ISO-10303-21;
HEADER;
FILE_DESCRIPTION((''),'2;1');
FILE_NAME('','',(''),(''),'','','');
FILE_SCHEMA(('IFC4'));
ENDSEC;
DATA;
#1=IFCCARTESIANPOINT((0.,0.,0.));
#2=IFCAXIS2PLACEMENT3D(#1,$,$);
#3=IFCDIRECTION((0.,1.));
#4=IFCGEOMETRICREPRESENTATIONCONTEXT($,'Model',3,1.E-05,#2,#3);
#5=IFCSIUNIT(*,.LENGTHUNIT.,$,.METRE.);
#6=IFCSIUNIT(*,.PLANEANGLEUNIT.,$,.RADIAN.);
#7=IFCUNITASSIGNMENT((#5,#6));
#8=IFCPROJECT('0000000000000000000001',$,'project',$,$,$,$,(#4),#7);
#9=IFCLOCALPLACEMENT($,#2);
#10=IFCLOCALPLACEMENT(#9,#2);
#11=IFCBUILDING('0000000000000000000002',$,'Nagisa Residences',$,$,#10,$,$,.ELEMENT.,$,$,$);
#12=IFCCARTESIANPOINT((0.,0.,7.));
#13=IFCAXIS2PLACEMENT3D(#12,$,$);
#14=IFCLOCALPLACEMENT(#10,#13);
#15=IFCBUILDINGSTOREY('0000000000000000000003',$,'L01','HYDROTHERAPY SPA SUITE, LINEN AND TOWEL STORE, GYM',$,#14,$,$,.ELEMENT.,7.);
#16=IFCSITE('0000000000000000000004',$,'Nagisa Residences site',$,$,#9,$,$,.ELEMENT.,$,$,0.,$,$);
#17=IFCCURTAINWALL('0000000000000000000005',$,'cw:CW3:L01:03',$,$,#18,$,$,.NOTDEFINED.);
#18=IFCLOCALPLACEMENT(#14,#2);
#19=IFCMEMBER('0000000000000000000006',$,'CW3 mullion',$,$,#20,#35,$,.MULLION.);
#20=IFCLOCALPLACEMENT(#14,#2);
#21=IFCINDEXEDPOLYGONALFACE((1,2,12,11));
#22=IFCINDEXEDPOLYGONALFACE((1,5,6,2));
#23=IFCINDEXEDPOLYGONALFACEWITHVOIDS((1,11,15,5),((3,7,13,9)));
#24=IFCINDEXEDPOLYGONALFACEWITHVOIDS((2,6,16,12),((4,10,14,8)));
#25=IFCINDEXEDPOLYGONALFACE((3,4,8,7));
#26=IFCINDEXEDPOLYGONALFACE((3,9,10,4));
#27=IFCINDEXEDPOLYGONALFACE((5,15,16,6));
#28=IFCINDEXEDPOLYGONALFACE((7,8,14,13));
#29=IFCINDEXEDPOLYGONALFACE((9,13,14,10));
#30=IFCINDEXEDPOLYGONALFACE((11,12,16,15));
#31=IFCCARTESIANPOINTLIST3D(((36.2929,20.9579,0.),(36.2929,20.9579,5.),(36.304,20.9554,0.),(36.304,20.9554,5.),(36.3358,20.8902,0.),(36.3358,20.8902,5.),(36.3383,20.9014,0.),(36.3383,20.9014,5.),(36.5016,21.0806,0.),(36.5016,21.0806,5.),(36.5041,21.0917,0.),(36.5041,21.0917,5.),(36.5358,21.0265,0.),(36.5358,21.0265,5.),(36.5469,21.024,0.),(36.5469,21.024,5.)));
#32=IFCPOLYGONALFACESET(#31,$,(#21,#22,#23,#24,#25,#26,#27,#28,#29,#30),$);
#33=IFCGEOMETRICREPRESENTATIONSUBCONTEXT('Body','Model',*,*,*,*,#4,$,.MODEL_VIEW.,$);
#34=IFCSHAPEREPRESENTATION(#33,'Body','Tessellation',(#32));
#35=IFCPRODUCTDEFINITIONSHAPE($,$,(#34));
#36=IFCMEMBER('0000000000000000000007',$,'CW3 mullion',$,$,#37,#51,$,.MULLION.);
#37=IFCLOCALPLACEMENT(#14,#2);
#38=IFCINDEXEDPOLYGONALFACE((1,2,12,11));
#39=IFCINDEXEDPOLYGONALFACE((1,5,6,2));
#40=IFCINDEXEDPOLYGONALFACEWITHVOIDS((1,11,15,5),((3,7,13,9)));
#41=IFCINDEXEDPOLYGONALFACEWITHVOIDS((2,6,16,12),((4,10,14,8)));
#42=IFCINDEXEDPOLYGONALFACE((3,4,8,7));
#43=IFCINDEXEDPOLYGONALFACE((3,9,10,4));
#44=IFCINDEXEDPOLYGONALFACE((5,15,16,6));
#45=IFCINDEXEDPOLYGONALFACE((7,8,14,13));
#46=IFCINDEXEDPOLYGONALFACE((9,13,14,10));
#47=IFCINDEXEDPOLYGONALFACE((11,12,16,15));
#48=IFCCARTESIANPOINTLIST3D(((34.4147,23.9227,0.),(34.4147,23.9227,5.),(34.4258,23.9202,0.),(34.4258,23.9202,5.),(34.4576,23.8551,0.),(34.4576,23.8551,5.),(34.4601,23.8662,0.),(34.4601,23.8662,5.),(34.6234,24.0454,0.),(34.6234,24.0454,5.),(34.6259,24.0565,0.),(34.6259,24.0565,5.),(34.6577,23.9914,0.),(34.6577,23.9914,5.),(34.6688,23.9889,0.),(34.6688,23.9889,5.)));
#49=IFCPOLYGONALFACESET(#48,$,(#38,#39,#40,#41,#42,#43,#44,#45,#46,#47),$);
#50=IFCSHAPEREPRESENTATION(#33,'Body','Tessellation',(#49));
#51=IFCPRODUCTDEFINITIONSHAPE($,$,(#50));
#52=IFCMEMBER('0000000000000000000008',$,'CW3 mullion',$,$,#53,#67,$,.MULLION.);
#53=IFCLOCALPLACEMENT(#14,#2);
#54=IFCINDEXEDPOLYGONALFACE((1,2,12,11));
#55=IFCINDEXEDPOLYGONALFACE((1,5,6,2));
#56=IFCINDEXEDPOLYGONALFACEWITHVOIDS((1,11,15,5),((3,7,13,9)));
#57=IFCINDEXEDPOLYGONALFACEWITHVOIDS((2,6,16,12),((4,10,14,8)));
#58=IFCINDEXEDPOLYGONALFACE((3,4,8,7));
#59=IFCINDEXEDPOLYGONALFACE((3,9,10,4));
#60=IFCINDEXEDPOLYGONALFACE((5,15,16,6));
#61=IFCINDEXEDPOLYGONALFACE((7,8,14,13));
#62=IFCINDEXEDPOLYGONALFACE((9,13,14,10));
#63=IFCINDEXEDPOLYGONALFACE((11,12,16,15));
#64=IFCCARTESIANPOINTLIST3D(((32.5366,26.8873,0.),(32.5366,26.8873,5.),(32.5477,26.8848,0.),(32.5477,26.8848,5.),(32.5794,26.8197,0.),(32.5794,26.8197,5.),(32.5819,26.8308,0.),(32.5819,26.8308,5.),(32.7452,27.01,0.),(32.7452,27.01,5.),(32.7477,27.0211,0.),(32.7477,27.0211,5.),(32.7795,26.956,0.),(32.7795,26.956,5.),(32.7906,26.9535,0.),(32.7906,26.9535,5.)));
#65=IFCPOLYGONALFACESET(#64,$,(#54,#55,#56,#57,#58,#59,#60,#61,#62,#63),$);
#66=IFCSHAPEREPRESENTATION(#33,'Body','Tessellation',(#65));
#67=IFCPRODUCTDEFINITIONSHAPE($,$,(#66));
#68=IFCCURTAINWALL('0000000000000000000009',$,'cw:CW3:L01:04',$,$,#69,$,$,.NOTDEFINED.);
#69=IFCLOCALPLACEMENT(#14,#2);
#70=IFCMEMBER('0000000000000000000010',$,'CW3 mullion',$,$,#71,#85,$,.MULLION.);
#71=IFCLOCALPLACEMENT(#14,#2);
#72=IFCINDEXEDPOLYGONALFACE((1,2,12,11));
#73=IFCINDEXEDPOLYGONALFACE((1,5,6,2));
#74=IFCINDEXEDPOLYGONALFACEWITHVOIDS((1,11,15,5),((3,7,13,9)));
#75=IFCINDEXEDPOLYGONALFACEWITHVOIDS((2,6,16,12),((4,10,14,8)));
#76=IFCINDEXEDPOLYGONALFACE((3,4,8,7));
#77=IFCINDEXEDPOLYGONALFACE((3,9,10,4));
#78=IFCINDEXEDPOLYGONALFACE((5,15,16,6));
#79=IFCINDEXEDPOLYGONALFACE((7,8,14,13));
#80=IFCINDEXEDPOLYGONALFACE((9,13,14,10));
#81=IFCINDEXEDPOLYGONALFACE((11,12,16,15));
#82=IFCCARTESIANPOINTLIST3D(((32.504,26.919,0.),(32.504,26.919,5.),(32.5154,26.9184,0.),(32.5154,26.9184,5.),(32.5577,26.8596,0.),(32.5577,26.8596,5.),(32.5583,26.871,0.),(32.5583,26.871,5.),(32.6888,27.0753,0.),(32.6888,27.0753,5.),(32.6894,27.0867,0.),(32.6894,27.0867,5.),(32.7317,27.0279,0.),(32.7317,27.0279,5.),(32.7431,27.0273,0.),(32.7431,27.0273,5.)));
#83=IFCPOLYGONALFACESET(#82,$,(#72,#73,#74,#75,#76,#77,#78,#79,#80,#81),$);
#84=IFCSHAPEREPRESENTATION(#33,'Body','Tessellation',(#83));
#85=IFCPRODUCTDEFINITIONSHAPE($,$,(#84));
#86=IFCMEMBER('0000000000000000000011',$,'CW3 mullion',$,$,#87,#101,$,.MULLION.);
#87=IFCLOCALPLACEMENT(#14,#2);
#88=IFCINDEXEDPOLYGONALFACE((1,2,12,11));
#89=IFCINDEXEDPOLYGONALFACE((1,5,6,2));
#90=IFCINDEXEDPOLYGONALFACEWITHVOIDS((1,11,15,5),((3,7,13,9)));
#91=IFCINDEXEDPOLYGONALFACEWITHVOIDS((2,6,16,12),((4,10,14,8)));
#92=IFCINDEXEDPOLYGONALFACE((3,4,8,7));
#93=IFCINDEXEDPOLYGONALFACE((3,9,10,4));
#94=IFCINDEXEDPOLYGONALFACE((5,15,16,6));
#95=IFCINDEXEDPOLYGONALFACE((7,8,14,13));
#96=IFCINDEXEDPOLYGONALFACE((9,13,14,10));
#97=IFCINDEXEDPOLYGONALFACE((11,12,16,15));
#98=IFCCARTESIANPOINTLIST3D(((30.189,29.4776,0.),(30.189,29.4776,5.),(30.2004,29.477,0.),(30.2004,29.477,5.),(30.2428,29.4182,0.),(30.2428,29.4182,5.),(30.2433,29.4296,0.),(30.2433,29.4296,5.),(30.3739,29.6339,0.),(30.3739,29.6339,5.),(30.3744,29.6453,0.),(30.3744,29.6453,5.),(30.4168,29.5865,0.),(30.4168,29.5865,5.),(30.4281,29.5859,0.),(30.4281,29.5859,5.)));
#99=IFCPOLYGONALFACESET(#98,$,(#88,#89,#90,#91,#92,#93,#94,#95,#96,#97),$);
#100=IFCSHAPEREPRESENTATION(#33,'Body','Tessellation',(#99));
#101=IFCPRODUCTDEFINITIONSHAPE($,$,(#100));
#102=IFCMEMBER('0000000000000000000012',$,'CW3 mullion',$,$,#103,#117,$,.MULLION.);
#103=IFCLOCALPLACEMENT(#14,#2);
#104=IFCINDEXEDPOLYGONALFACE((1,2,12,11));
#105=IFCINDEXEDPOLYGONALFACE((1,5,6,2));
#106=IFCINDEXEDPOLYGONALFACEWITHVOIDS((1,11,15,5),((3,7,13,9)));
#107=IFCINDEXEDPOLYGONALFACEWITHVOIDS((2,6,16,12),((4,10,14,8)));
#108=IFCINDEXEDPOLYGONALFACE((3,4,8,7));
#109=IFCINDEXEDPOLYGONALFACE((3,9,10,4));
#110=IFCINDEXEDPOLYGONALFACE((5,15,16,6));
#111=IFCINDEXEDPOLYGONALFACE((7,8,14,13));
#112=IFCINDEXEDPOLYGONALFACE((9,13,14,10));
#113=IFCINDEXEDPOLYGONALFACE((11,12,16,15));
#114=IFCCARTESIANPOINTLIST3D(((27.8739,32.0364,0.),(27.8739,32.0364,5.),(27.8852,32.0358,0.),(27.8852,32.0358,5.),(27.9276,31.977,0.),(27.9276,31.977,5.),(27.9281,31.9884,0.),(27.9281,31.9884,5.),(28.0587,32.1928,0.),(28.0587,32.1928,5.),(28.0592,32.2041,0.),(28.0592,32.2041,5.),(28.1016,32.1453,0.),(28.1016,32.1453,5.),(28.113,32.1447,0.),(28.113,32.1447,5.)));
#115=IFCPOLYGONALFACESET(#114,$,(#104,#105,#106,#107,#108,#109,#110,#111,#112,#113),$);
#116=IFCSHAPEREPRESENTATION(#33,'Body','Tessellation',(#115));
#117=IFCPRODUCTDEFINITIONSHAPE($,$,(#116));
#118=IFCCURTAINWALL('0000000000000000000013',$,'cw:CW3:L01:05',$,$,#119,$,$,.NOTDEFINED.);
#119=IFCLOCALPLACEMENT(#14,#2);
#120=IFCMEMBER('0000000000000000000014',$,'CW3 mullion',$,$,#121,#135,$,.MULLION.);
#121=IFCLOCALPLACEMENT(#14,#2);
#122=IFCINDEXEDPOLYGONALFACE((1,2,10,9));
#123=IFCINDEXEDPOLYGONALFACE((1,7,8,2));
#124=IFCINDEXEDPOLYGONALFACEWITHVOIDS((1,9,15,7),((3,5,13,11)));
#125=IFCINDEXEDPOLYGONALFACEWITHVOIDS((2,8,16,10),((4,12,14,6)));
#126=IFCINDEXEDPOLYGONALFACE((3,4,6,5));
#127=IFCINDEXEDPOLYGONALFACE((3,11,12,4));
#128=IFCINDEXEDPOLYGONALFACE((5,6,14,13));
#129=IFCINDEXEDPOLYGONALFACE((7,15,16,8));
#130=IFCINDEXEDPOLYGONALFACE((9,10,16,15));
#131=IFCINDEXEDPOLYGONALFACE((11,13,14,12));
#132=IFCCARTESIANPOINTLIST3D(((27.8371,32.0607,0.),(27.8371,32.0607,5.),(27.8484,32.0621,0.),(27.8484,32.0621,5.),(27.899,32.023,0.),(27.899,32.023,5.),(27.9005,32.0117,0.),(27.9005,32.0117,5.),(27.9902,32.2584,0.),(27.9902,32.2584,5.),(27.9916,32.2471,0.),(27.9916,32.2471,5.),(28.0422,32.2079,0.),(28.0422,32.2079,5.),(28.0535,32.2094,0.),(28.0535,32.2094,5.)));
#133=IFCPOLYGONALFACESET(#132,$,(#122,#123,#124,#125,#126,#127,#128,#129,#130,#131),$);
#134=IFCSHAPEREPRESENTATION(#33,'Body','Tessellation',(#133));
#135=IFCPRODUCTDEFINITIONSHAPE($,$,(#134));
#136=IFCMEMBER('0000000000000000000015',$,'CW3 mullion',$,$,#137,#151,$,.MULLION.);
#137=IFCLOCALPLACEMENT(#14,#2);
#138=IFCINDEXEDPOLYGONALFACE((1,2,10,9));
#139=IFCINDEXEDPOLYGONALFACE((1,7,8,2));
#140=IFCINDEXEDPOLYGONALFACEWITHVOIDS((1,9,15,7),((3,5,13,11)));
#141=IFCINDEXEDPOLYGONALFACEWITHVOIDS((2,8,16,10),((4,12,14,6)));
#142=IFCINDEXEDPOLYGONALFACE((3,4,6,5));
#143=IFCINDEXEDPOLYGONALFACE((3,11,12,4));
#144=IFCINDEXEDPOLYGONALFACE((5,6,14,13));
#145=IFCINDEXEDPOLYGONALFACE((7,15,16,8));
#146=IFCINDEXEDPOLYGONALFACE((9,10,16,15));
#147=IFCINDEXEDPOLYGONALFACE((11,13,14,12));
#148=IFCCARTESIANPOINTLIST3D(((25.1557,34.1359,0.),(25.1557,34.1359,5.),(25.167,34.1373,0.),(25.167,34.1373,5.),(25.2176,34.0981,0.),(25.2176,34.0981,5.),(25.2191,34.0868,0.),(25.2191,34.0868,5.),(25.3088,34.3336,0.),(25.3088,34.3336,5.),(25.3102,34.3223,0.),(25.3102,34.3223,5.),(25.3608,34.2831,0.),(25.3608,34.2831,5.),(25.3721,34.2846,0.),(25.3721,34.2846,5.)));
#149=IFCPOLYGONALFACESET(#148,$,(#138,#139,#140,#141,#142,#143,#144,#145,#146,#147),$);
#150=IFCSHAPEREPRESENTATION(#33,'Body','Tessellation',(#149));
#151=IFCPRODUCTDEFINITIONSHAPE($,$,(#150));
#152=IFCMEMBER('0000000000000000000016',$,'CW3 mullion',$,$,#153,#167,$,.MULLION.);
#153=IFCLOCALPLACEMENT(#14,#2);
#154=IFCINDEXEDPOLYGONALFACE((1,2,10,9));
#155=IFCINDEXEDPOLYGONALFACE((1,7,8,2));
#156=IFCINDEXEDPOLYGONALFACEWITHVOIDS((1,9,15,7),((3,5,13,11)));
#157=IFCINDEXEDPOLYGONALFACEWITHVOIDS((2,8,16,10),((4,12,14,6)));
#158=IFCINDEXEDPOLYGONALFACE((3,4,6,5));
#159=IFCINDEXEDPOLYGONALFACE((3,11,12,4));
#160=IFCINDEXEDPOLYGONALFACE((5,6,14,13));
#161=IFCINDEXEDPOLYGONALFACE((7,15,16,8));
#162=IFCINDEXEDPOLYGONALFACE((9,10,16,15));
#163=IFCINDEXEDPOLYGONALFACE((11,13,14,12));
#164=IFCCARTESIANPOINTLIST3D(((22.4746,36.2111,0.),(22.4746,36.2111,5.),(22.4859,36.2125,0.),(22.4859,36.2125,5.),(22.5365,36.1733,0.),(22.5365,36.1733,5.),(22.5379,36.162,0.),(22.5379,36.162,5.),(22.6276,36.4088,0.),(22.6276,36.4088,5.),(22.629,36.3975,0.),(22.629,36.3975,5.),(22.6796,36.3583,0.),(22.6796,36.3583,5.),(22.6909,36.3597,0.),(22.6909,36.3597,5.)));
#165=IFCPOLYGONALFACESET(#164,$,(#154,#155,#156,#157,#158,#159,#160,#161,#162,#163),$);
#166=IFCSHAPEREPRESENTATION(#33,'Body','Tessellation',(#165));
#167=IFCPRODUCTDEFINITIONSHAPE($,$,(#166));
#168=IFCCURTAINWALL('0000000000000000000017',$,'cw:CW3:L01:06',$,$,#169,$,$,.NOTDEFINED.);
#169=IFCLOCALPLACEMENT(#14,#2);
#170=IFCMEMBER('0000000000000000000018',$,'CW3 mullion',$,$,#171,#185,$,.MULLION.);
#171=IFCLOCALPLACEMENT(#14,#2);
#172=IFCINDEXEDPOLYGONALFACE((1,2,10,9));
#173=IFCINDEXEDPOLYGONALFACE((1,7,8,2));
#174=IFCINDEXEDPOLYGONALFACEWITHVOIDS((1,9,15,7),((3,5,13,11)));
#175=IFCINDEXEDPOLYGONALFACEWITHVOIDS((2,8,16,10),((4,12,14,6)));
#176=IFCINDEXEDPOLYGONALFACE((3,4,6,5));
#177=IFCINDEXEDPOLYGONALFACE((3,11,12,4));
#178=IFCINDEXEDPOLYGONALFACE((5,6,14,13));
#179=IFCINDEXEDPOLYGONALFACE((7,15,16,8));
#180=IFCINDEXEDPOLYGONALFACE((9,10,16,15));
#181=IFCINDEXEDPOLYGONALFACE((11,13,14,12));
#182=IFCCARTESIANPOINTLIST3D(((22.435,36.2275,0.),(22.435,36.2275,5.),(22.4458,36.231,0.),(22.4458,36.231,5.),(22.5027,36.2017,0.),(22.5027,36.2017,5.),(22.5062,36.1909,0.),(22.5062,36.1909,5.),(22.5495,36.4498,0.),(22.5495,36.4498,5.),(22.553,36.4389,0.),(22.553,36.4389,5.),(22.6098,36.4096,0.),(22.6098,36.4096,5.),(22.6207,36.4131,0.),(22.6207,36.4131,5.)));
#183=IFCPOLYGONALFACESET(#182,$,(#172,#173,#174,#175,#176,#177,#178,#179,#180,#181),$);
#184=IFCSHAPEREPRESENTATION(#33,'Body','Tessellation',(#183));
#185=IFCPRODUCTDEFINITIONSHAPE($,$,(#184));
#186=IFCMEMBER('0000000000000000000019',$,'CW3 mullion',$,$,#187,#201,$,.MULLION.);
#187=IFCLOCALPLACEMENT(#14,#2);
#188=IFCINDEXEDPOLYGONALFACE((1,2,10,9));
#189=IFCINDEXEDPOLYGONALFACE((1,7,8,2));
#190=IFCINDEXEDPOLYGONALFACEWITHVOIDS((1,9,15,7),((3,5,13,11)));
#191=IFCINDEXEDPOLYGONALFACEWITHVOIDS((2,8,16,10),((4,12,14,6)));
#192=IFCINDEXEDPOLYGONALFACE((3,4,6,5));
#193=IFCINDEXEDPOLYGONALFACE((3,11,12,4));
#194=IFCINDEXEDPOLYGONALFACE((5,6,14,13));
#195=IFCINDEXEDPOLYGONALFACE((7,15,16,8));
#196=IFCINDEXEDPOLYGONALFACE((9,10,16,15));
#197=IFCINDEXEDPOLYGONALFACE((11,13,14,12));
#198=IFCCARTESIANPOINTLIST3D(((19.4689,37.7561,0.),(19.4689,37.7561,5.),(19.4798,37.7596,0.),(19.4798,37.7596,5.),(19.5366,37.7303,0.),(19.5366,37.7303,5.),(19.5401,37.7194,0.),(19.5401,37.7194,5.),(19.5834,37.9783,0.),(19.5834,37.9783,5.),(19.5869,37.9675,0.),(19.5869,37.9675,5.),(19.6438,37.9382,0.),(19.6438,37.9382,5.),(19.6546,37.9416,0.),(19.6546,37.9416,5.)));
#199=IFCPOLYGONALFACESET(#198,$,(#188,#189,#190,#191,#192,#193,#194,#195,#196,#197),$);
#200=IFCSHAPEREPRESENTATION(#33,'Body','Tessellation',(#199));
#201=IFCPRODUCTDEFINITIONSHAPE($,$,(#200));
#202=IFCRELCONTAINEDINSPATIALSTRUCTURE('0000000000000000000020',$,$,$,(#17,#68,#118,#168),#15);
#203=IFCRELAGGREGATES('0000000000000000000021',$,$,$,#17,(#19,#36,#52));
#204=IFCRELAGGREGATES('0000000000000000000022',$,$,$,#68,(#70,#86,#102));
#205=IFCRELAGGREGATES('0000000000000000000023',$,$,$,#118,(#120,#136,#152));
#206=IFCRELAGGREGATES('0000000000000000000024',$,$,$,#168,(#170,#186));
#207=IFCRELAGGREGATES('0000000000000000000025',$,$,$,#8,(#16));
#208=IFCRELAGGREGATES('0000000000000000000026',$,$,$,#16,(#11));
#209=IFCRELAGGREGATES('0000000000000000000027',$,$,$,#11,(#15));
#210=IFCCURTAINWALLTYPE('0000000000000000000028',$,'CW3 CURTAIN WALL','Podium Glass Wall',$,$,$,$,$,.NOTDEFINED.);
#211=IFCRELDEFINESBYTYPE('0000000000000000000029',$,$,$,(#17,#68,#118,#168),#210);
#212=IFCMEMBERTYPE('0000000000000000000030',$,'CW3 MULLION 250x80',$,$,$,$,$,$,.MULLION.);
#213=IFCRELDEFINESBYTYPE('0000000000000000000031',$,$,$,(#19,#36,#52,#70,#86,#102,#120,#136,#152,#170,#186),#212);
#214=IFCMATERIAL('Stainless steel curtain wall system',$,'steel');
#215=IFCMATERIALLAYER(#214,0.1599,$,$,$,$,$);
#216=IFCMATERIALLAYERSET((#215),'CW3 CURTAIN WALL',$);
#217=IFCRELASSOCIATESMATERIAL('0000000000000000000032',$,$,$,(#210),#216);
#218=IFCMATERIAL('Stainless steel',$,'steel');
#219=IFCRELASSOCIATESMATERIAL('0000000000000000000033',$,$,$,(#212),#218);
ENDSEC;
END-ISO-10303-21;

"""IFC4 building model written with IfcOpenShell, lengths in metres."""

from ifc_helpers import new_model, si_unit, direction, frame, origin, origin_2d, place, context, subcontext, project, spatial, hollow_rectangle, extrude, material, layer, layer_set, material_profile, profile_set, type_object, element, aggregate, save


model = new_model("IFC4")

# Units and contexts
model_context = context("Model", 3, precision=1e-05, world=origin(), true_north=direction((0.0, 1.0)))
body_context = subcontext(model_context, "Body", "Model", "MODEL_VIEW")
ifc_project = project(units=[si_unit("LENGTHUNIT", "METRE"), si_unit("PLANEANGLEUNIT", "RADIAN")], contexts=[model_context])

# Site, building, storey
site_placement = place(None, origin())
site = spatial("IfcSite", under=ifc_project, at=site_placement, Name="Nagisa Residences site", CompositionType="ELEMENT", RefElevation=0.0)
building_placement = place(site_placement, origin())
building = spatial("IfcBuilding", under=site, at=building_placement, Name="Nagisa Residences", CompositionType="ELEMENT")
storey_placement = place(building_placement, frame((0.0, 0.0, 7.0)))
storey = spatial("IfcBuildingStorey", under=building, at=storey_placement, Name="L01", Description="HYDROTHERAPY SPA SUITE, LINEN AND TOWEL STORE, GYM", CompositionType="ELEMENT", Elevation=7.0)

# Curtain walls, members
ifc_material_1 = material(Name="Stainless steel curtain wall system", Category="steel")
ifc_layer_1 = layer(ifc_material_1, 0.1599)
ifc_layer_set_1 = layer_set([ifc_layer_1], Name="CW3 CURTAIN WALL")
curtain_wall_type_1 = type_object("IfcCurtainWallType", Name="CW3 CURTAIN WALL", Description="Podium Glass Wall", PredefinedType="NOTDEFINED", material=ifc_layer_set_1)
curtain_wall_1_placement = place(storey_placement, origin())
curtain_wall_1 = element("IfcCurtainWall", 1, at=curtain_wall_1_placement, inside=storey, type_object=curtain_wall_type_1, Name="cw:CW3:L01:03", PredefinedType="NOTDEFINED")
ifc_material_2 = material(Name="Stainless steel", Category="steel")
ifc_material_profile_1 = material_profile(ifc_material_2, hollow_rectangle(XDim=0.25, YDim=0.0801, WallThickness=0.0081, at=origin_2d()), Name="CW3 MULLION 250x80")
ifc_profile_set_1 = profile_set([ifc_material_profile_1], Name="Stainless steel")
member_type_1 = type_object("IfcMemberType", Name="CW3 MULLION 250x80", PredefinedType="MULLION", material=ifc_profile_set_1)
member_1_placement = place(storey_placement, frame((36.4199, 20.991, 0.0), z_axis=(0.0, 0.0, 1.0), x_axis=(-0.844747, -0.535165, 0.0)))
member_1 = element("IfcMember", 2, at=member_1_placement, type_object=member_type_1, Name="CW3 mullion", PredefinedType="MULLION", context=body_context, shape_type="SweptSolid", body=[
    extrude(hollow_rectangle(XDim=0.25, YDim=0.0801, WallThickness=0.0081, at=origin_2d()), origin(), (0.0, 0.0, 1.0), 5.0),
])
member_2_placement = place(storey_placement, frame((34.5417, 23.9558, 0.0), z_axis=(0.0, 0.0, 1.0), x_axis=(-0.844747, -0.535165, 0.0)))
member_2 = element("IfcMember", 3, at=member_2_placement, type_object=member_type_1, Name="CW3 mullion", PredefinedType="MULLION", context=body_context, shape_type="SweptSolid", body=[
    extrude(hollow_rectangle(XDim=0.25, YDim=0.0801, WallThickness=0.0081, at=origin_2d()), origin(), (0.0, 0.0, 1.0), 5.0),
])
member_3_placement = place(storey_placement, frame((32.6636, 26.9204, 0.0), z_axis=(0.0, 0.0, 1.0), x_axis=(-0.844747, -0.535165, 0.0)))
member_3 = element("IfcMember", 4, at=member_3_placement, type_object=member_type_1, Name="CW3 mullion", PredefinedType="MULLION", context=body_context, shape_type="SweptSolid", body=[
    extrude(hollow_rectangle(XDim=0.25, YDim=0.0801, WallThickness=0.0081, at=origin_2d()), origin(), (0.0, 0.0, 1.0), 5.0),
])
curtain_wall_2_placement = place(storey_placement, origin())
curtain_wall_2 = element("IfcCurtainWall", 5, at=curtain_wall_2_placement, inside=storey, type_object=curtain_wall_type_1, Name="cw:CW3:L01:04", PredefinedType="NOTDEFINED")
member_4_placement = place(storey_placement, frame((32.6235, 26.9731, 0.0), z_axis=(0.0, 0.0, 1.0), x_axis=(-0.741536, -0.670913, 0.0)))
member_4 = element("IfcMember", 6, at=member_4_placement, type_object=member_type_1, Name="CW3 mullion", PredefinedType="MULLION", context=body_context, shape_type="SweptSolid", body=[
    extrude(hollow_rectangle(XDim=0.25, YDim=0.0801, WallThickness=0.0081, at=origin_2d()), origin(), (0.0, 0.0, 1.0), 5.0),
])
member_5_placement = place(storey_placement, frame((30.3086, 29.5317, 0.0), z_axis=(0.0, 0.0, 1.0), x_axis=(-0.741536, -0.670913, 0.0)))
member_5 = element("IfcMember", 7, at=member_5_placement, type_object=member_type_1, Name="CW3 mullion", PredefinedType="MULLION", context=body_context, shape_type="SweptSolid", body=[
    extrude(hollow_rectangle(XDim=0.25, YDim=0.0801, WallThickness=0.0081, at=origin_2d()), origin(), (0.0, 0.0, 1.0), 5.0),
])
member_6_placement = place(storey_placement, frame((27.9934, 32.0906, 0.0), z_axis=(0.0, 0.0, 1.0), x_axis=(-0.741536, -0.670913, 0.0)))
member_6 = element("IfcMember", 8, at=member_6_placement, type_object=member_type_1, Name="CW3 mullion", PredefinedType="MULLION", context=body_context, shape_type="SweptSolid", body=[
    extrude(hollow_rectangle(XDim=0.25, YDim=0.0801, WallThickness=0.0081, at=origin_2d()), origin(), (0.0, 0.0, 1.0), 5.0),
])
curtain_wall_3_placement = place(storey_placement, origin())
curtain_wall_3 = element("IfcCurtainWall", 9, at=curtain_wall_3_placement, inside=storey, type_object=curtain_wall_type_1, Name="cw:CW3:L01:05", PredefinedType="NOTDEFINED")
member_7_placement = place(storey_placement, frame((27.9453, 32.135, 0.0), z_axis=(0.0, 0.0, 1.0), x_axis=(-0.612035, -0.790831, 0.0)))
member_7 = element("IfcMember", 10, at=member_7_placement, type_object=member_type_1, Name="CW3 mullion", PredefinedType="MULLION", context=body_context, shape_type="SweptSolid", body=[
    extrude(hollow_rectangle(XDim=0.25, YDim=0.0801, WallThickness=0.0081, at=origin_2d()), origin(), (0.0, 0.0, 1.0), 5.0),
])
member_8_placement = place(storey_placement, frame((25.2639, 34.2102, 0.0), z_axis=(0.0, 0.0, 1.0), x_axis=(-0.612035, -0.790831, 0.0)))
member_8 = element("IfcMember", 11, at=member_8_placement, type_object=member_type_1, Name="CW3 mullion", PredefinedType="MULLION", context=body_context, shape_type="SweptSolid", body=[
    extrude(hollow_rectangle(XDim=0.25, YDim=0.0801, WallThickness=0.0081, at=origin_2d()), origin(), (0.0, 0.0, 1.0), 5.0),
])
member_9_placement = place(storey_placement, frame((22.5828, 36.2854, 0.0), z_axis=(0.0, 0.0, 1.0), x_axis=(-0.612035, -0.790831, 0.0)))
member_9 = element("IfcMember", 12, at=member_9_placement, type_object=member_type_1, Name="CW3 mullion", PredefinedType="MULLION", context=body_context, shape_type="SweptSolid", body=[
    extrude(hollow_rectangle(XDim=0.25, YDim=0.0801, WallThickness=0.0081, at=origin_2d()), origin(), (0.0, 0.0, 1.0), 5.0),
])
curtain_wall_4_placement = place(storey_placement, origin())
curtain_wall_4 = element("IfcCurtainWall", 13, at=curtain_wall_4_placement, inside=storey, type_object=curtain_wall_type_1, Name="cw:CW3:L01:06", PredefinedType="NOTDEFINED")
member_10_placement = place(storey_placement, frame((22.5278, 36.3203, 0.0), z_axis=(0.0, 0.0, 1.0), x_axis=(-0.458126, -0.888887, 0.0)))
member_10 = element("IfcMember", 14, at=member_10_placement, type_object=member_type_1, Name="CW3 mullion", PredefinedType="MULLION", context=body_context, shape_type="SweptSolid", body=[
    extrude(hollow_rectangle(XDim=0.25, YDim=0.0801, WallThickness=0.0081, at=origin_2d()), origin(), (0.0, 0.0, 1.0), 5.0),
])
member_11_placement = place(storey_placement, frame((19.5618, 37.8489, 0.0), z_axis=(0.0, 0.0, 1.0), x_axis=(-0.458126, -0.888887, 0.0)))
member_11 = element("IfcMember", 15, at=member_11_placement, type_object=member_type_1, Name="CW3 mullion", PredefinedType="MULLION", context=body_context, shape_type="SweptSolid", body=[
    extrude(hollow_rectangle(XDim=0.25, YDim=0.0801, WallThickness=0.0081, at=origin_2d()), origin(), (0.0, 0.0, 1.0), 5.0),
])

aggregate(curtain_wall_1, [member_1, member_2, member_3])
aggregate(curtain_wall_2, [member_4, member_5, member_6])
aggregate(curtain_wall_3, [member_7, member_8, member_9])
aggregate(curtain_wall_4, [member_10, member_11])

save(model, "model.ifc")
